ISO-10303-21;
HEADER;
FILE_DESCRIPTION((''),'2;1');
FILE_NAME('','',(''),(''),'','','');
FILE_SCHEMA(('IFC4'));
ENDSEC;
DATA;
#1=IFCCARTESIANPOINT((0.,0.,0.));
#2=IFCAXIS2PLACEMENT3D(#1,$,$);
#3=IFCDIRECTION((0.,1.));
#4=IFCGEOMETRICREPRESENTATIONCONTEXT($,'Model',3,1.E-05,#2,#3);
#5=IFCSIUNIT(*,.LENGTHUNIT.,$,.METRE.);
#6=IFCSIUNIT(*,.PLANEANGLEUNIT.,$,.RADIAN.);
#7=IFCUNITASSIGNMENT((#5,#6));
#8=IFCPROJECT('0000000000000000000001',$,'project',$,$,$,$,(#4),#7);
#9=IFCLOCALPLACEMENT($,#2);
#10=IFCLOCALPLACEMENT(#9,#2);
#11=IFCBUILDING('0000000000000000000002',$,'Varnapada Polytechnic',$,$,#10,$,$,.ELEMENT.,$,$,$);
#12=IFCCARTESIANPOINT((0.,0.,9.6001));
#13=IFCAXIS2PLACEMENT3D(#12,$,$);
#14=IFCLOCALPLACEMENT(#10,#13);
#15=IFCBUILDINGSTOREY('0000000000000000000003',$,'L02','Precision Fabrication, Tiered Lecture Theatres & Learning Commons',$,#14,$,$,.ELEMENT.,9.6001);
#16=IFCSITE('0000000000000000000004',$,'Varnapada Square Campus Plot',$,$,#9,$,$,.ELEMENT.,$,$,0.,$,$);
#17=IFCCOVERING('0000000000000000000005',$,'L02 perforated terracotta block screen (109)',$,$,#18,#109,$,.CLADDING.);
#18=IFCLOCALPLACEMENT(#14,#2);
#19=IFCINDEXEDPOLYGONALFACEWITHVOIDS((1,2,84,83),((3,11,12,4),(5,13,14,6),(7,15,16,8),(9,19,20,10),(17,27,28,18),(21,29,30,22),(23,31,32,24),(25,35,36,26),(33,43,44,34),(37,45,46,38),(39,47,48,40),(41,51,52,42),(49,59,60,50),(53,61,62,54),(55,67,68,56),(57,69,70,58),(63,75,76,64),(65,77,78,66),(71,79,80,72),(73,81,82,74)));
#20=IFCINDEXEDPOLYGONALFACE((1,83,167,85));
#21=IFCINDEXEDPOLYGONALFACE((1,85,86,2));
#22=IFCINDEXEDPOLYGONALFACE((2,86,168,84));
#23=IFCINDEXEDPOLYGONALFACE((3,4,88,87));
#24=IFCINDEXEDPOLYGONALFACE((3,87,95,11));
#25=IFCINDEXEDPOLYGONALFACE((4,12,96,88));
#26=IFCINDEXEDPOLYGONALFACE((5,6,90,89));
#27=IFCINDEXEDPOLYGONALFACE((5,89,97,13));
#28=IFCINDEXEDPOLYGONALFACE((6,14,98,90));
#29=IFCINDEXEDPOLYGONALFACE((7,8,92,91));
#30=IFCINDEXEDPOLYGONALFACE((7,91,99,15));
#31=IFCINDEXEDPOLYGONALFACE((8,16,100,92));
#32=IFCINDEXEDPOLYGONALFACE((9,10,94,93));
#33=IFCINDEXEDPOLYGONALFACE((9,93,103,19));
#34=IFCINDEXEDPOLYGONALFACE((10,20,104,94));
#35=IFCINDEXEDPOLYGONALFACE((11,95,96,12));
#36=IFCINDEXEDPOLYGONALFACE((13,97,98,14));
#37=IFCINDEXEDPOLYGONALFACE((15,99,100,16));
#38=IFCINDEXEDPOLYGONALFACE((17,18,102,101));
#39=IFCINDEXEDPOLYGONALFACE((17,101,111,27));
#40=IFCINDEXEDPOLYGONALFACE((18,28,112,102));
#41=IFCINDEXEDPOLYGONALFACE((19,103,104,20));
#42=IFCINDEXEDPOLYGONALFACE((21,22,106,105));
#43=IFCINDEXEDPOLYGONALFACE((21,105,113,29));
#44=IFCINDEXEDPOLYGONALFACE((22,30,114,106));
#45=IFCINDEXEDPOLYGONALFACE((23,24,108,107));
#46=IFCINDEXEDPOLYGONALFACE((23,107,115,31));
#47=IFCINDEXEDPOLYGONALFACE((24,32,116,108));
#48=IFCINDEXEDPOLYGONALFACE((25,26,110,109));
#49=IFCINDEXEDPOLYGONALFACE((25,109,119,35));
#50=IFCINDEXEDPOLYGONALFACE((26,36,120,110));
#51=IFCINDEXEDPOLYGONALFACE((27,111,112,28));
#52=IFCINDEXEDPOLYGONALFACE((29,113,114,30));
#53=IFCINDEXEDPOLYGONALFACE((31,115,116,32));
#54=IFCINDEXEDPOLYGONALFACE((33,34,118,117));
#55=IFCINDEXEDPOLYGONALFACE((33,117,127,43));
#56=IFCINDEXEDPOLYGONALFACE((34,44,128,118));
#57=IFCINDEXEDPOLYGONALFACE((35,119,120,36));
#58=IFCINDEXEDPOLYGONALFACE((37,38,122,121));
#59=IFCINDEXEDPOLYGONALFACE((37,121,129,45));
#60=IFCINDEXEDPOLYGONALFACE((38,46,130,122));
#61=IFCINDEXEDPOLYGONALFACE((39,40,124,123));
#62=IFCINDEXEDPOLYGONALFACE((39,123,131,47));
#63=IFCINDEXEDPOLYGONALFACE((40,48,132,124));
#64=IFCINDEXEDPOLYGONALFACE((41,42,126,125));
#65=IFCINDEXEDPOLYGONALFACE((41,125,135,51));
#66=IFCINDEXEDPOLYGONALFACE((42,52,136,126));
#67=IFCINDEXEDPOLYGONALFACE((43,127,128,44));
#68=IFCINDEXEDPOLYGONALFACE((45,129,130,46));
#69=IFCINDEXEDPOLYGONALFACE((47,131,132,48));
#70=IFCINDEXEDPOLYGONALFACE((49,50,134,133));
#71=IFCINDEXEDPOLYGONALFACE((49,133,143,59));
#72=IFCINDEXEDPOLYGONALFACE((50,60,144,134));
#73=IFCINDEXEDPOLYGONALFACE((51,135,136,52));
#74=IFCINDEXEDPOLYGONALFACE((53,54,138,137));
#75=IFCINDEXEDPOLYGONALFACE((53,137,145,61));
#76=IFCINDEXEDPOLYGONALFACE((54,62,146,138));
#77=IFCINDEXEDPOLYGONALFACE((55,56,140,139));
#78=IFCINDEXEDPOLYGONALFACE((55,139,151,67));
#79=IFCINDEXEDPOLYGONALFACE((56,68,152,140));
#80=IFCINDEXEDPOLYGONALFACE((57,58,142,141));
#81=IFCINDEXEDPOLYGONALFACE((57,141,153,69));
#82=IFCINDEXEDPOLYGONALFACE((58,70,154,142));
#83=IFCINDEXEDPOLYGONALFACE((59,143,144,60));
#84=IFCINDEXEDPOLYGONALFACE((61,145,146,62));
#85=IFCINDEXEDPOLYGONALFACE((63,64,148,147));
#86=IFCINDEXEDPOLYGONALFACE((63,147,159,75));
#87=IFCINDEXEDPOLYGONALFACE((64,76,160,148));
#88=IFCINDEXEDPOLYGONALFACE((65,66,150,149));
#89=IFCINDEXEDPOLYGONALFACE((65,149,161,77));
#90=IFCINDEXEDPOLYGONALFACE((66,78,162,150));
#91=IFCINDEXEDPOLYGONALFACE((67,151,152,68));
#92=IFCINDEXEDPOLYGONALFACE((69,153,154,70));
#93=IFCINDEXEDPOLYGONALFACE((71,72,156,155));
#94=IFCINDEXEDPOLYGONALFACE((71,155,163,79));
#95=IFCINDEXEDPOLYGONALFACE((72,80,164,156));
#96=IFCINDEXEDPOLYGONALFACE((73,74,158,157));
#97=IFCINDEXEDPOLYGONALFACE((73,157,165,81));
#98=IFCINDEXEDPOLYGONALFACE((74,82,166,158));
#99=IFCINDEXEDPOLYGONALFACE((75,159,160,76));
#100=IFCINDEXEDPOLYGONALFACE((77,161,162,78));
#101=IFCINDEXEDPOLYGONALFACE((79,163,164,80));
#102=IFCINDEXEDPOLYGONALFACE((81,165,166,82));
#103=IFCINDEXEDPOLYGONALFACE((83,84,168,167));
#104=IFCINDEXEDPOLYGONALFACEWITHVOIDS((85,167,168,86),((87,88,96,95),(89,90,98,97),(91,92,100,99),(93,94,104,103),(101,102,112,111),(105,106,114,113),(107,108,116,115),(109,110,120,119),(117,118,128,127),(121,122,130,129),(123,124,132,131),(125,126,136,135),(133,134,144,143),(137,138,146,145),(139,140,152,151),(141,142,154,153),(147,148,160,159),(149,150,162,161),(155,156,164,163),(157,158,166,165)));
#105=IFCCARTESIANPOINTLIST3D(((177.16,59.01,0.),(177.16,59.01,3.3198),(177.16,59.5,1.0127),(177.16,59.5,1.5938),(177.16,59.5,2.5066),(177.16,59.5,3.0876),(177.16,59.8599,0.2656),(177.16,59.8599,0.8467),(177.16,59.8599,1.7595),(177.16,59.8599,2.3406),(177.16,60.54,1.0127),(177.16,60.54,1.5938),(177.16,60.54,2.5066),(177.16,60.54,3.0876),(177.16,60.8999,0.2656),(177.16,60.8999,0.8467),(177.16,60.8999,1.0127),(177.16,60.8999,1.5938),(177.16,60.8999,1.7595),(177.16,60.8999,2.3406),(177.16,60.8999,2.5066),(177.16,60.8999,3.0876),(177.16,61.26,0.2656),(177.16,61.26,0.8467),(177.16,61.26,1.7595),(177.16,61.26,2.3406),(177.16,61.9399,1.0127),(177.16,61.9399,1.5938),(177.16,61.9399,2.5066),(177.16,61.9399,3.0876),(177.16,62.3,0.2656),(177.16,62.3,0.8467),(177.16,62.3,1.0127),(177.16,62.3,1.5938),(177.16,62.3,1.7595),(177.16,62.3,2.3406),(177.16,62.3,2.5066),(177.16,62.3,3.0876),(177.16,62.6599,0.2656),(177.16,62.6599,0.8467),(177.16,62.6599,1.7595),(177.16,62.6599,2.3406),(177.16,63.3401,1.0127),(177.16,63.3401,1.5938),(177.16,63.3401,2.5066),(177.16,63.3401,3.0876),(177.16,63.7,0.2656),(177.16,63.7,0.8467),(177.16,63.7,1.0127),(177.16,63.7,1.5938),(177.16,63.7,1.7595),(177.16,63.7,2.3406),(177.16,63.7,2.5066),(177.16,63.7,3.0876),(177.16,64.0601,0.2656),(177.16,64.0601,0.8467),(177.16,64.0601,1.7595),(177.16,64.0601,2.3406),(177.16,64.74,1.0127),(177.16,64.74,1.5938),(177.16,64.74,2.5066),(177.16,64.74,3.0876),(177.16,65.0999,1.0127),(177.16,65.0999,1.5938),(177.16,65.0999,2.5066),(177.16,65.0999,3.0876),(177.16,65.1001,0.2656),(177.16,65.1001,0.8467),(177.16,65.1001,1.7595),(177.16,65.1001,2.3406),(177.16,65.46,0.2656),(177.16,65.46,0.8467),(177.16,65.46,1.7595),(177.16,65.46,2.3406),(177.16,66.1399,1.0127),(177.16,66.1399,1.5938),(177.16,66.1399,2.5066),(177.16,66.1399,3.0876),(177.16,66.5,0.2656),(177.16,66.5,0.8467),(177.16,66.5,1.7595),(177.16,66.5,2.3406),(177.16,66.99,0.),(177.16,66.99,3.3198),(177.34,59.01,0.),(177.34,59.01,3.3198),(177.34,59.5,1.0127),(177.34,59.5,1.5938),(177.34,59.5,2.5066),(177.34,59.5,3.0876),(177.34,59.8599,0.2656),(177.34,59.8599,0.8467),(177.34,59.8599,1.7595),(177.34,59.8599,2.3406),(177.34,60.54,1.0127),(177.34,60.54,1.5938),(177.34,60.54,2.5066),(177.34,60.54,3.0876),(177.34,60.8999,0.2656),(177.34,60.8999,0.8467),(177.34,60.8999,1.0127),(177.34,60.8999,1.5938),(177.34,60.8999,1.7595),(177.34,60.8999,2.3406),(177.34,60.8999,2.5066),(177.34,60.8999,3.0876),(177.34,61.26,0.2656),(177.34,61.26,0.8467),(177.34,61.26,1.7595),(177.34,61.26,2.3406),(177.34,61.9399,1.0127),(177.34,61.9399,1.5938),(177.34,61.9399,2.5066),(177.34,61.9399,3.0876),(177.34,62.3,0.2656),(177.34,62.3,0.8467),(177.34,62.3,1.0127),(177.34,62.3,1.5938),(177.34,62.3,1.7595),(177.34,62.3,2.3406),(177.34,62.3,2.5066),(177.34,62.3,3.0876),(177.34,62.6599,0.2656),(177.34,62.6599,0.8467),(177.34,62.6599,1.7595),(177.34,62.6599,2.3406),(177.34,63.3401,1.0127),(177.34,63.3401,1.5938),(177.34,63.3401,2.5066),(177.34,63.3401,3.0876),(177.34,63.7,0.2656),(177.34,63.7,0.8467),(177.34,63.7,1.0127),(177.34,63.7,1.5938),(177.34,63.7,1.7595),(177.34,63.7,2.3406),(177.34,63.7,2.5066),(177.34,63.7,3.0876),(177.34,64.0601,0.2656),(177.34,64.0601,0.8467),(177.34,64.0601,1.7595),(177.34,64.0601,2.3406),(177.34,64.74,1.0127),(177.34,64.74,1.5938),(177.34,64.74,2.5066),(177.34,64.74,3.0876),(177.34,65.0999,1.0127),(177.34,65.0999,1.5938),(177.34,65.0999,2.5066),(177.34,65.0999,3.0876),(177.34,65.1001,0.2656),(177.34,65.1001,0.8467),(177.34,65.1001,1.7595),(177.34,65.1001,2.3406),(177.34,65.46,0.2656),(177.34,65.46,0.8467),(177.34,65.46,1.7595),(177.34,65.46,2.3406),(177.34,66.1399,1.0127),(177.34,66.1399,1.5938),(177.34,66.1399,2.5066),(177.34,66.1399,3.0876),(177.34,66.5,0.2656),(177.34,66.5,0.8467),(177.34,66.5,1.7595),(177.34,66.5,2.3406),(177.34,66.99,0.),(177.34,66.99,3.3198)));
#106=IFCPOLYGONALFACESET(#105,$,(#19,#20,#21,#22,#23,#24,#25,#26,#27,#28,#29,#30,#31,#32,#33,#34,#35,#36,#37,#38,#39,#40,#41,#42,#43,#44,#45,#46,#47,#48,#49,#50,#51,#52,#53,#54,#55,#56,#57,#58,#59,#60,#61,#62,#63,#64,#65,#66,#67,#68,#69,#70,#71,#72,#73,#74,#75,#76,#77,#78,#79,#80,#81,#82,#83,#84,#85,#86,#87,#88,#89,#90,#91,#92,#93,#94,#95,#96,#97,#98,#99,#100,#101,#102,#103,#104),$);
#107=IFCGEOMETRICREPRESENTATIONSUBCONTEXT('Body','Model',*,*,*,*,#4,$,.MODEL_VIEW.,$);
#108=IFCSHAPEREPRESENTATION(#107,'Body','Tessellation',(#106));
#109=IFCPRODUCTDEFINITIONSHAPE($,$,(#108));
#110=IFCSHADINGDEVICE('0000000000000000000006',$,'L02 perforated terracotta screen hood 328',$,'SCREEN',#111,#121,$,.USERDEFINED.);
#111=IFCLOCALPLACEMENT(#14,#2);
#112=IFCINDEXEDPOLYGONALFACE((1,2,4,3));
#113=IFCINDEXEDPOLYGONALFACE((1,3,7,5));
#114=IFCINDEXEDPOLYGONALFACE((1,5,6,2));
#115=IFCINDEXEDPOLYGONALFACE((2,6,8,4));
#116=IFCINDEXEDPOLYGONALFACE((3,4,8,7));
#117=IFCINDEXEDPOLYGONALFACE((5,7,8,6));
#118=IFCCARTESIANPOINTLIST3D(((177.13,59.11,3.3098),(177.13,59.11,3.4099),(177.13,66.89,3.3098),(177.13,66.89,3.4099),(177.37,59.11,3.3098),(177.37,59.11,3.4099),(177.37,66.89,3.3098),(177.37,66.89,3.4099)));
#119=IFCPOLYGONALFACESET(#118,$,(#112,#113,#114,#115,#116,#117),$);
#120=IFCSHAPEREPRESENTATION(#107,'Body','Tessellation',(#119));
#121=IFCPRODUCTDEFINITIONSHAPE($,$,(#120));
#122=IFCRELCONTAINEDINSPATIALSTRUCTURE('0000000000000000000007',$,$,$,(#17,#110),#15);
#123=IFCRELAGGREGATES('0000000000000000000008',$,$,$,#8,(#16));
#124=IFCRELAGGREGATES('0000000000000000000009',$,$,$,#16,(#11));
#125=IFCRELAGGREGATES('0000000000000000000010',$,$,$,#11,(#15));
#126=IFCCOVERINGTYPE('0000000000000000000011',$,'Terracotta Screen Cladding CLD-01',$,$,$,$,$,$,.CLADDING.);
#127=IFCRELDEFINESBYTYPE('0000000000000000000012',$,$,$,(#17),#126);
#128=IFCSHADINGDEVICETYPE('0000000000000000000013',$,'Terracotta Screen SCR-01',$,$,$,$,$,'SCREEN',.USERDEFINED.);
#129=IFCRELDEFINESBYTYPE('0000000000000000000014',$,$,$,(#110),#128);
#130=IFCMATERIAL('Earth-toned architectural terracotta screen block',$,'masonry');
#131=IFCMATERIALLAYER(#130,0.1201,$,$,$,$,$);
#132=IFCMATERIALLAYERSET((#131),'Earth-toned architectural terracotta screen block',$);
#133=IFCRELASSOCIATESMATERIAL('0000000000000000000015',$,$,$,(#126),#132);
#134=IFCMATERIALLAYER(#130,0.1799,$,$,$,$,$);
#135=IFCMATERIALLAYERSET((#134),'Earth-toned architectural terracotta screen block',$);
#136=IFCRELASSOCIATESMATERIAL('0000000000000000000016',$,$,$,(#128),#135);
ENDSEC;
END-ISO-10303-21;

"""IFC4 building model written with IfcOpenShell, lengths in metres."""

from ifc_helpers import new_model, si_unit, direction, frame, frame_2d, origin, origin_2d, place, context, subcontext, project, spatial, rectangle, extrude, material, layer, layer_set, type_object, element, save


model = new_model("IFC4")

# Units and contexts
model_context = context("Model", 3, precision=1e-05, world=origin(), true_north=direction((0.0, 1.0)))
body_context = subcontext(model_context, "Body", "Model", "MODEL_VIEW")
ifc_project = project(units=[si_unit("LENGTHUNIT", "METRE"), si_unit("PLANEANGLEUNIT", "RADIAN")], contexts=[model_context])

# Site, building, storey
site_placement = place(None, origin())
site = spatial("IfcSite", under=ifc_project, at=site_placement, Name="Varnapada Square Campus Plot", CompositionType="ELEMENT", RefElevation=0.0)
building_placement = place(site_placement, origin())
building = spatial("IfcBuilding", under=site, at=building_placement, Name="Varnapada Polytechnic", CompositionType="ELEMENT")
storey_placement = place(building_placement, frame((0.0, 0.0, 9.6001)))
storey = spatial("IfcBuildingStorey", under=building, at=storey_placement, Name="L02", Description="Precision Fabrication, Tiered Lecture Theatres & Learning Commons", CompositionType="ELEMENT", Elevation=9.6001)

# Covering, openings
ifc_material_1 = material(Name="Earth-toned architectural terracotta screen block", Category="masonry")
ifc_layer_1 = layer(ifc_material_1, 0.1201)
ifc_layer_set_1 = layer_set([ifc_layer_1], Name="Earth-toned architectural terracotta screen block")
covering_type = type_object("IfcCoveringType", Name="Terracotta Screen Cladding CLD-01", PredefinedType="CLADDING", material=ifc_layer_set_1)
covering_placement = place(storey_placement, frame((177.25, 66.99, 0.0), z_axis=(0.0, 0.0, 1.0), x_axis=(0.0, -1.0, 0.0)))
covering = element("IfcCovering", 1, at=covering_placement, inside=storey, type_object=covering_type, Name="L02 perforated terracotta block screen (109)", PredefinedType="CLADDING", context=body_context, shape_type="SweptSolid", body=[
    extrude(rectangle(XDim=7.98, YDim=0.1799, at=frame_2d((3.99, 0.0))), origin(), (0.0, 0.0, 1.0), 3.3198),
])
opening_1_placement = place(covering_placement, frame((0.49, 0.0, 0.2656)))
element("IfcOpeningElement", 2, at=opening_1_placement, cuts=covering, PredefinedType="OPENING", context=body_context, shape_type="SweptSolid", body=[
    extrude(rectangle(XDim=1.04, YDim=0.5811, at=frame_2d((0.52, 0.2905))), frame((0.0, 0.0999, 0.0), z_axis=(0.0, -1.0, 0.0), x_axis=(1.0, 0.0, 0.0)), (0.0, 0.0, 1.0), 0.2),
])
opening_2_placement = place(covering_placement, frame((1.8899, 0.0, 0.2656)))
element("IfcOpeningElement", 3, at=opening_2_placement, cuts=covering, PredefinedType="OPENING", context=body_context, shape_type="SweptSolid", body=[
    extrude(rectangle(XDim=1.04, YDim=0.5811, at=frame_2d((0.52, 0.2905))), frame((0.0, 0.0999, 0.0), z_axis=(0.0, -1.0, 0.0), x_axis=(1.0, 0.0, 0.0)), (0.0, 0.0, 1.0), 0.2),
])
opening_3_placement = place(covering_placement, frame((3.29, 0.0, 0.2656)))
element("IfcOpeningElement", 4, at=opening_3_placement, cuts=covering, PredefinedType="OPENING", context=body_context, shape_type="SweptSolid", body=[
    extrude(rectangle(XDim=1.04, YDim=0.5811, at=frame_2d((0.52, 0.2905))), frame((0.0, 0.0999, 0.0), z_axis=(0.0, -1.0, 0.0), x_axis=(1.0, 0.0, 0.0)), (0.0, 0.0, 1.0), 0.2),
])
opening_4_placement = place(covering_placement, frame((4.6899, 0.0, 0.2656)))
element("IfcOpeningElement", 5, at=opening_4_placement, cuts=covering, PredefinedType="OPENING", context=body_context, shape_type="SweptSolid", body=[
    extrude(rectangle(XDim=1.04, YDim=0.5811, at=frame_2d((0.52, 0.2905))), frame((0.0, 0.0999, 0.0), z_axis=(0.0, -1.0, 0.0), x_axis=(1.0, 0.0, 0.0)), (0.0, 0.0, 1.0), 0.2),
])
opening_5_placement = place(covering_placement, frame((6.0901, 0.0, 0.2656)))
element("IfcOpeningElement", 6, at=opening_5_placement, cuts=covering, PredefinedType="OPENING", context=body_context, shape_type="SweptSolid", body=[
    extrude(rectangle(XDim=1.04, YDim=0.5811, at=frame_2d((0.52, 0.2905))), frame((0.0, 0.0999, 0.0), z_axis=(0.0, -1.0, 0.0), x_axis=(1.0, 0.0, 0.0)), (0.0, 0.0, 1.0), 0.2),
])
opening_6_placement = place(covering_placement, frame((0.8501, 0.0, 1.0127)))
element("IfcOpeningElement", 7, at=opening_6_placement, cuts=covering, PredefinedType="OPENING", context=body_context, shape_type="SweptSolid", body=[
    extrude(rectangle(XDim=1.04, YDim=0.5811, at=frame_2d((0.52, 0.2905))), frame((0.0, 0.0999, 0.0), z_axis=(0.0, -1.0, 0.0), x_axis=(1.0, 0.0, 0.0)), (0.0, 0.0, 1.0), 0.2),
])
opening_7_placement = place(covering_placement, frame((2.25, 0.0, 1.0127)))
element("IfcOpeningElement", 8, at=opening_7_placement, cuts=covering, PredefinedType="OPENING", context=body_context, shape_type="SweptSolid", body=[
    extrude(rectangle(XDim=1.04, YDim=0.5811, at=frame_2d((0.52, 0.2905))), frame((0.0, 0.0999, 0.0), z_axis=(0.0, -1.0, 0.0), x_axis=(1.0, 0.0, 0.0)), (0.0, 0.0, 1.0), 0.2),
])
opening_8_placement = place(covering_placement, frame((3.6499, 0.0, 1.0127)))
element("IfcOpeningElement", 9, at=opening_8_placement, cuts=covering, PredefinedType="OPENING", context=body_context, shape_type="SweptSolid", body=[
    extrude(rectangle(XDim=1.04, YDim=0.5811, at=frame_2d((0.52, 0.2905))), frame((0.0, 0.0999, 0.0), z_axis=(0.0, -1.0, 0.0), x_axis=(1.0, 0.0, 0.0)), (0.0, 0.0, 1.0), 0.2),
])
opening_9_placement = place(covering_placement, frame((5.05, 0.0, 1.0127)))
element("IfcOpeningElement", 10, at=opening_9_placement, cuts=covering, PredefinedType="OPENING", context=body_context, shape_type="SweptSolid", body=[
    extrude(rectangle(XDim=1.04, YDim=0.5811, at=frame_2d((0.52, 0.2905))), frame((0.0, 0.0999, 0.0), z_axis=(0.0, -1.0, 0.0), x_axis=(1.0, 0.0, 0.0)), (0.0, 0.0, 1.0), 0.2),
])
opening_10_placement = place(covering_placement, frame((6.45, 0.0, 1.0127)))
element("IfcOpeningElement", 11, at=opening_10_placement, cuts=covering, PredefinedType="OPENING", context=body_context, shape_type="SweptSolid", body=[
    extrude(rectangle(XDim=1.04, YDim=0.5811, at=frame_2d((0.52, 0.2905))), frame((0.0, 0.0999, 0.0), z_axis=(0.0, -1.0, 0.0), x_axis=(1.0, 0.0, 0.0)), (0.0, 0.0, 1.0), 0.2),
])
opening_11_placement = place(covering_placement, frame((0.49, 0.0, 1.7595)))
element("IfcOpeningElement", 12, at=opening_11_placement, cuts=covering, PredefinedType="OPENING", context=body_context, shape_type="SweptSolid", body=[
    extrude(rectangle(XDim=1.04, YDim=0.5811, at=frame_2d((0.52, 0.2905))), frame((0.0, 0.0999, 0.0), z_axis=(0.0, -1.0, 0.0), x_axis=(1.0, 0.0, 0.0)), (0.0, 0.0, 1.0), 0.2),
])
opening_12_placement = place(covering_placement, frame((1.8899, 0.0, 1.7595)))
element("IfcOpeningElement", 13, at=opening_12_placement, cuts=covering, PredefinedType="OPENING", context=body_context, shape_type="SweptSolid", body=[
    extrude(rectangle(XDim=1.04, YDim=0.5811, at=frame_2d((0.52, 0.2905))), frame((0.0, 0.0999, 0.0), z_axis=(0.0, -1.0, 0.0), x_axis=(1.0, 0.0, 0.0)), (0.0, 0.0, 1.0), 0.2),
])
opening_13_placement = place(covering_placement, frame((3.29, 0.0, 1.7595)))
element("IfcOpeningElement", 14, at=opening_13_placement, cuts=covering, PredefinedType="OPENING", context=body_context, shape_type="SweptSolid", body=[
    extrude(rectangle(XDim=1.04, YDim=0.5811, at=frame_2d((0.52, 0.2905))), frame((0.0, 0.0999, 0.0), z_axis=(0.0, -1.0, 0.0), x_axis=(1.0, 0.0, 0.0)), (0.0, 0.0, 1.0), 0.2),
])
opening_14_placement = place(covering_placement, frame((4.6899, 0.0, 1.7595)))
element("IfcOpeningElement", 15, at=opening_14_placement, cuts=covering, PredefinedType="OPENING", context=body_context, shape_type="SweptSolid", body=[
    extrude(rectangle(XDim=1.04, YDim=0.5811, at=frame_2d((0.52, 0.2905))), frame((0.0, 0.0999, 0.0), z_axis=(0.0, -1.0, 0.0), x_axis=(1.0, 0.0, 0.0)), (0.0, 0.0, 1.0), 0.2),
])
opening_15_placement = place(covering_placement, frame((6.0901, 0.0, 1.7595)))
element("IfcOpeningElement", 16, at=opening_15_placement, cuts=covering, PredefinedType="OPENING", context=body_context, shape_type="SweptSolid", body=[
    extrude(rectangle(XDim=1.04, YDim=0.5811, at=frame_2d((0.52, 0.2905))), frame((0.0, 0.0999, 0.0), z_axis=(0.0, -1.0, 0.0), x_axis=(1.0, 0.0, 0.0)), (0.0, 0.0, 1.0), 0.2),
])
opening_16_placement = place(covering_placement, frame((0.8501, 0.0, 2.5066)))
element("IfcOpeningElement", 17, at=opening_16_placement, cuts=covering, PredefinedType="OPENING", context=body_context, shape_type="SweptSolid", body=[
    extrude(rectangle(XDim=1.04, YDim=0.5811, at=frame_2d((0.52, 0.2905))), frame((0.0, 0.0999, 0.0), z_axis=(0.0, -1.0, 0.0), x_axis=(1.0, 0.0, 0.0)), (0.0, 0.0, 1.0), 0.2),
])
opening_17_placement = place(covering_placement, frame((2.25, 0.0, 2.5066)))
element("IfcOpeningElement", 18, at=opening_17_placement, cuts=covering, PredefinedType="OPENING", context=body_context, shape_type="SweptSolid", body=[
    extrude(rectangle(XDim=1.04, YDim=0.5811, at=frame_2d((0.52, 0.2905))), frame((0.0, 0.0999, 0.0), z_axis=(0.0, -1.0, 0.0), x_axis=(1.0, 0.0, 0.0)), (0.0, 0.0, 1.0), 0.2),
])
opening_18_placement = place(covering_placement, frame((3.6499, 0.0, 2.5066)))
element("IfcOpeningElement", 19, at=opening_18_placement, cuts=covering, PredefinedType="OPENING", context=body_context, shape_type="SweptSolid", body=[
    extrude(rectangle(XDim=1.04, YDim=0.5811, at=frame_2d((0.52, 0.2905))), frame((0.0, 0.0999, 0.0), z_axis=(0.0, -1.0, 0.0), x_axis=(1.0, 0.0, 0.0)), (0.0, 0.0, 1.0), 0.2),
])
opening_19_placement = place(covering_placement, frame((5.05, 0.0, 2.5066)))
element("IfcOpeningElement", 20, at=opening_19_placement, cuts=covering, PredefinedType="OPENING", context=body_context, shape_type="SweptSolid", body=[
    extrude(rectangle(XDim=1.04, YDim=0.5811, at=frame_2d((0.52, 0.2905))), frame((0.0, 0.0999, 0.0), z_axis=(0.0, -1.0, 0.0), x_axis=(1.0, 0.0, 0.0)), (0.0, 0.0, 1.0), 0.2),
])
opening_20_placement = place(covering_placement, frame((6.45, 0.0, 2.5066)))
element("IfcOpeningElement", 21, at=opening_20_placement, cuts=covering, PredefinedType="OPENING", context=body_context, shape_type="SweptSolid", body=[
    extrude(rectangle(XDim=1.04, YDim=0.5811, at=frame_2d((0.52, 0.2905))), frame((0.0, 0.0999, 0.0), z_axis=(0.0, -1.0, 0.0), x_axis=(1.0, 0.0, 0.0)), (0.0, 0.0, 1.0), 0.2),
])

# Shading device
ifc_layer_2 = layer(ifc_material_1, 0.1799)
ifc_layer_set_2 = layer_set([ifc_layer_2], Name="Earth-toned architectural terracotta screen block")
shading_device_type = type_object("IfcShadingDeviceType", Name="Terracotta Screen SCR-01", ElementType="SCREEN", PredefinedType="USERDEFINED", material=ifc_layer_set_2)
shading_device_placement = place(storey_placement, frame((177.25, 63.0, 3.3098), z_axis=(0.0, 0.0, 1.0), x_axis=(0.0, -1.0, 0.0)))
element("IfcShadingDevice", 22, at=shading_device_placement, inside=storey, type_object=shading_device_type, Name="L02 perforated terracotta screen hood 328", ObjectType="SCREEN", PredefinedType="USERDEFINED", context=body_context, shape_type="SweptSolid", body=[
    extrude(rectangle(XDim=7.78, YDim=0.24, at=origin_2d()), origin(), (0.0, 0.0, 1.0), 0.1001),
])

save(model, "model.ifc")
